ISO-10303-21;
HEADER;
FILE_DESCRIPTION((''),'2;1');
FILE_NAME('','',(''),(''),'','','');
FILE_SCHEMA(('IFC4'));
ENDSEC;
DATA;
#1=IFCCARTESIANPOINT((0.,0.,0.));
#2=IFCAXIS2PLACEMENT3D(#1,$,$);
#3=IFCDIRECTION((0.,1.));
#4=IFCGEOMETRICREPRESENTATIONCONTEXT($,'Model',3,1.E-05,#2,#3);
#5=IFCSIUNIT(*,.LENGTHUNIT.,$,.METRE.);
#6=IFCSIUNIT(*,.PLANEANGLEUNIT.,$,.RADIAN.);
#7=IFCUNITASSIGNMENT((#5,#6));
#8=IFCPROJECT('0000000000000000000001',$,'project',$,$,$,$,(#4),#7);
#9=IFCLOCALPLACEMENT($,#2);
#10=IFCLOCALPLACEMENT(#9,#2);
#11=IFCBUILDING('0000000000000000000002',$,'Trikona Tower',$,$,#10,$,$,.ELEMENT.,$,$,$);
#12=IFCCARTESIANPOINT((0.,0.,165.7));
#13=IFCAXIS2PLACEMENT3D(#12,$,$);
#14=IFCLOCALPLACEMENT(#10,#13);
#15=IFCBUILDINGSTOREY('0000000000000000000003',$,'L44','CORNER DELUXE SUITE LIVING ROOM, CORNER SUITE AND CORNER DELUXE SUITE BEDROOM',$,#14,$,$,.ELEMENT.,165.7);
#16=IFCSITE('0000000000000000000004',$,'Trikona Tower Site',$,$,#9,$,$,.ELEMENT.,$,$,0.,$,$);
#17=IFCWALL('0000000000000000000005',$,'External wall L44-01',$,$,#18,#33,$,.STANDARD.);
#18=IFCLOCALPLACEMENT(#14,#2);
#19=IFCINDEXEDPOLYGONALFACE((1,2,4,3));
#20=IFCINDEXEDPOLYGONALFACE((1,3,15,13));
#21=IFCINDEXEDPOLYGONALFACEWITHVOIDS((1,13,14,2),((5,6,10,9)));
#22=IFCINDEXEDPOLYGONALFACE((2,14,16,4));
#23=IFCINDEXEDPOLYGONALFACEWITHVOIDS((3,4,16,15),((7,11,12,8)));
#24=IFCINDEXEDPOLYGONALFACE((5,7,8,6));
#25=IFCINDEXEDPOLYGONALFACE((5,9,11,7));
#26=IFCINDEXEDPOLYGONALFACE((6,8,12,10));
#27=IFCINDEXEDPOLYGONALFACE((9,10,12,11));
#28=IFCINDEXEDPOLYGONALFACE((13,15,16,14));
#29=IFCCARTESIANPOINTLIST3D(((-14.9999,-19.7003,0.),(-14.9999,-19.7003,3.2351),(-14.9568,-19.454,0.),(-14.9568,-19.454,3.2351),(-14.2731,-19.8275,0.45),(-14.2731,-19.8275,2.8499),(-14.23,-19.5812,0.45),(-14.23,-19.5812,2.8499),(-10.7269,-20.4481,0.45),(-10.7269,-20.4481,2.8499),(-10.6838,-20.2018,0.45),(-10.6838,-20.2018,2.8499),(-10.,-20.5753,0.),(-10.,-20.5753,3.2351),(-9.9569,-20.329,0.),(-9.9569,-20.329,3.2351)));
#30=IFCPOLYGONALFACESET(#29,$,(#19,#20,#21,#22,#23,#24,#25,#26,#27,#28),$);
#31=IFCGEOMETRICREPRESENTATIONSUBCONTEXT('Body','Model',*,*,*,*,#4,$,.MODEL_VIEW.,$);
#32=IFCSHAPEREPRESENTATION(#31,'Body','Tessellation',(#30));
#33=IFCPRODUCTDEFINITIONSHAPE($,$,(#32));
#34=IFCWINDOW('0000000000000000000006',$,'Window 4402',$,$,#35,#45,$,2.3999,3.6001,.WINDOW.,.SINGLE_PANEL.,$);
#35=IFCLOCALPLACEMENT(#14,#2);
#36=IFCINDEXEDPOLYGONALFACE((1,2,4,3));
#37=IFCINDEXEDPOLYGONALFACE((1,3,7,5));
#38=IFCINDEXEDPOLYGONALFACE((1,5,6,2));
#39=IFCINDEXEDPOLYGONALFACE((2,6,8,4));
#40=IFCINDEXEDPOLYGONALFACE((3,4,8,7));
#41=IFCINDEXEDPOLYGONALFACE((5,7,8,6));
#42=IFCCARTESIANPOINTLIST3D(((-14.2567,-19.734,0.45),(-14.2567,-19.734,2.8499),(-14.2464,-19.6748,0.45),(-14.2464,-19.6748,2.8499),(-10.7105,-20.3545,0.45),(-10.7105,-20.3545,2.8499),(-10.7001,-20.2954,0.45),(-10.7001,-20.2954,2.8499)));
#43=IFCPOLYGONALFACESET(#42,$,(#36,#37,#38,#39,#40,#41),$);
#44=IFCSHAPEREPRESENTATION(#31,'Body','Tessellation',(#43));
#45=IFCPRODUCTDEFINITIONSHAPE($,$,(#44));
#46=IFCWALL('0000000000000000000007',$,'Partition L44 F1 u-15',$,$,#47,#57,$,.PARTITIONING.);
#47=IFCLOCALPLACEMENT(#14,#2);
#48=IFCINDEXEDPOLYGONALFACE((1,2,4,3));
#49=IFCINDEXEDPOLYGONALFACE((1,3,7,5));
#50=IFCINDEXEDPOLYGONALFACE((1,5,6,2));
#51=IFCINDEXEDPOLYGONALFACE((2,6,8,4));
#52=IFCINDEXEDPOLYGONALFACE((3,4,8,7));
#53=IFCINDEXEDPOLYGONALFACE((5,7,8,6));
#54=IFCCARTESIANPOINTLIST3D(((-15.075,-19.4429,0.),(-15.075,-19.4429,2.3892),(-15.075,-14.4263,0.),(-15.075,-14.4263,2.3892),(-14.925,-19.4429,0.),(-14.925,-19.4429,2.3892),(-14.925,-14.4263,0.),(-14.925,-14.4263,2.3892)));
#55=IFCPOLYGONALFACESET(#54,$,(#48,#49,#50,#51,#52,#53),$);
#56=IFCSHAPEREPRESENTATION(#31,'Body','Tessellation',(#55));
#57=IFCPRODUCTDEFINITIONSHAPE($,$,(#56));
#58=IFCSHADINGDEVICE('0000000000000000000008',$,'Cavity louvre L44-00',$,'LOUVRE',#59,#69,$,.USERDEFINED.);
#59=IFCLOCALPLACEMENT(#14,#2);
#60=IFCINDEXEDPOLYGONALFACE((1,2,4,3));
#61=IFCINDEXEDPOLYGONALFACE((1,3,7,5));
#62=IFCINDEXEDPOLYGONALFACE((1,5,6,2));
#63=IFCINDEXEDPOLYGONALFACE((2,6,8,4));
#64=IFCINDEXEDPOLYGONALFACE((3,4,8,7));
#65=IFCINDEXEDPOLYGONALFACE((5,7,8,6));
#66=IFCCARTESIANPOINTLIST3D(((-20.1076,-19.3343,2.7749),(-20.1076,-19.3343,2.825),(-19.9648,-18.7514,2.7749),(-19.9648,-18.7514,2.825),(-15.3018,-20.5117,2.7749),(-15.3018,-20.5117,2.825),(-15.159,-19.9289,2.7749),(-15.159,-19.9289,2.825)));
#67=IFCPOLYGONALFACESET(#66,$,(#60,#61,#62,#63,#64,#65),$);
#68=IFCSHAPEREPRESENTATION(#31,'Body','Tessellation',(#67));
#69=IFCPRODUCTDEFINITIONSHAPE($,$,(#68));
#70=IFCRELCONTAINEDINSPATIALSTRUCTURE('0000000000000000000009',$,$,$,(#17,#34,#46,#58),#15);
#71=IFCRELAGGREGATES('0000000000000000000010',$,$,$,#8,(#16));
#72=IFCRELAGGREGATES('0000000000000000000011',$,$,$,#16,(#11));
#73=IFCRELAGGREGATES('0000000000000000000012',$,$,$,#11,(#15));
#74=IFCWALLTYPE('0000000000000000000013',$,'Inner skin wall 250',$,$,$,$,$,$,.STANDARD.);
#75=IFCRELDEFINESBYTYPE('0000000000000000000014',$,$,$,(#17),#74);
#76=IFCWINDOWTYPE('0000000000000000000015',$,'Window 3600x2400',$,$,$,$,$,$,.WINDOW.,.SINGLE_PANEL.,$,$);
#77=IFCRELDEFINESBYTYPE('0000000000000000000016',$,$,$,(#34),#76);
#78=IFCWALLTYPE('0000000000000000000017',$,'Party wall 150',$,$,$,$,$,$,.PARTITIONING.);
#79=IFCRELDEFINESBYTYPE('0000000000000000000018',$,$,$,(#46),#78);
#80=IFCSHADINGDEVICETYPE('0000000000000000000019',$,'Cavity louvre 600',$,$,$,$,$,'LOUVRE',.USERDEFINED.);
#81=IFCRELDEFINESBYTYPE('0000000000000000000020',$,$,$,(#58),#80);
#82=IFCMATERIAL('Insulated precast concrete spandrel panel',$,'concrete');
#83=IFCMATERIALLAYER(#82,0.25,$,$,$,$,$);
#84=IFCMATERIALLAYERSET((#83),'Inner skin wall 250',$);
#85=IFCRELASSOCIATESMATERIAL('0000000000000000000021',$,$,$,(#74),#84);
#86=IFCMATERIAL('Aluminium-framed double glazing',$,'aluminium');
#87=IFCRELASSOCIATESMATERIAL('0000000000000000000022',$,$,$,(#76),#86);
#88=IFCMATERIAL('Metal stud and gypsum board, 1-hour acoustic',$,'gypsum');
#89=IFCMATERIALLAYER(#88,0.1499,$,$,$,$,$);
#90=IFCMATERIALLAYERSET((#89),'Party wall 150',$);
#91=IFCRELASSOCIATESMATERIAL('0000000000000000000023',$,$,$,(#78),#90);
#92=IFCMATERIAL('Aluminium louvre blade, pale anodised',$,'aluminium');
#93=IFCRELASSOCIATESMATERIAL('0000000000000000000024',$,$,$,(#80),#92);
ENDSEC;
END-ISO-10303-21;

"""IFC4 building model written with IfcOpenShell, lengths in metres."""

from ifc_helpers import new_model, si_unit, direction, frame, frame_2d, origin, origin_2d, place, context, subcontext, project, spatial, rectangle, extrude, material, layer, layer_set, type_object, element, fill, save


model = new_model("IFC4")

# Units and contexts
model_context = context("Model", 3, precision=1e-05, world=origin(), true_north=direction((0.0, 1.0)))
body_context = subcontext(model_context, "Body", "Model", "MODEL_VIEW")
ifc_project = project(units=[si_unit("LENGTHUNIT", "METRE"), si_unit("PLANEANGLEUNIT", "RADIAN")], contexts=[model_context])

# Site, building, storey
site_placement = place(None, origin())
site = spatial("IfcSite", under=ifc_project, at=site_placement, Name="Trikona Tower Site", CompositionType="ELEMENT", RefElevation=0.0)
building_placement = place(site_placement, origin())
building = spatial("IfcBuilding", under=site, at=building_placement, Name="Trikona Tower", CompositionType="ELEMENT")
storey_placement = place(building_placement, frame((0.0, 0.0, 165.7)))
storey = spatial("IfcBuildingStorey", under=building, at=storey_placement, Name="L44", Description="CORNER DELUXE SUITE LIVING ROOM, CORNER SUITE AND CORNER DELUXE SUITE BEDROOM", CompositionType="ELEMENT", Elevation=165.7)

# Wall, opening, window
ifc_material_1 = material(Name="Insulated precast concrete spandrel panel", Category="concrete")
ifc_layer_1 = layer(ifc_material_1, 0.25)
ifc_layer_set_1 = layer_set([ifc_layer_1], Name="Inner skin wall 250")
wall_type_1 = type_object("IfcWallType", Name="Inner skin wall 250", PredefinedType="STANDARD", material=ifc_layer_set_1)
wall_1_placement = place(storey_placement, frame((-14.9785, -19.5771, 0.0), z_axis=(0.0, 0.0, 1.0), x_axis=(0.98503, -0.17238, 0.0)))
wall_1 = element("IfcWall", 1, at=wall_1_placement, inside=storey, type_object=wall_type_1, Name="External wall L44-01", PredefinedType="STANDARD", context=body_context, shape_type="SweptSolid", body=[
    extrude(rectangle(XDim=5.0759, YDim=0.25, at=frame_2d((2.5381, 0.0))), origin(), (0.0, 0.0, 1.0), 3.2351),
])
opening_1_placement = place(wall_1_placement, frame((0.738, 0.0, 0.45)))
opening_1 = element("IfcOpeningElement", 2, at=opening_1_placement, cuts=wall_1, PredefinedType="OPENING", context=body_context, shape_type="SweptSolid", body=[
    extrude(rectangle(XDim=3.6001, YDim=2.3999, at=frame_2d((1.8, 1.2))), frame((0.0, 0.135, 0.0), z_axis=(0.0, -1.0, 0.0), x_axis=(1.0, 0.0, 0.0)), (0.0, 0.0, 1.0), 0.27),
])
ifc_material_2 = material(Name="Aluminium-framed double glazing", Category="aluminium")
window_type = type_object("IfcWindowType", Name="Window 3600x2400", PartitioningType="SINGLE_PANEL", PredefinedType="WINDOW", material=ifc_material_2)
window_placement = place(opening_1_placement, origin())
window = element("IfcWindow", 3, at=window_placement, inside=storey, type_object=window_type, Name="Window 4402", OverallHeight=2.3999, OverallWidth=3.6001, PartitioningType="SINGLE_PANEL", PredefinedType="WINDOW", context=body_context, shape_type="SweptSolid", body=[
    extrude(rectangle(XDim=3.6001, YDim=2.3999, at=frame_2d((1.8, 1.2))), frame((0.0, 0.03, 0.0), z_axis=(0.0, -1.0, 0.0), x_axis=(1.0, 0.0, 0.0)), (0.0, 0.0, 1.0), 0.0601),
])
fill(opening_1, window)

# Wall
ifc_material_3 = material(Name="Metal stud and gypsum board, 1-hour acoustic", Category="gypsum")
ifc_layer_2 = layer(ifc_material_3, 0.1499)
ifc_layer_set_2 = layer_set([ifc_layer_2], Name="Party wall 150")
wall_type_2 = type_object("IfcWallType", Name="Party wall 150", PredefinedType="PARTITIONING", material=ifc_layer_set_2)
wall_2_placement = place(storey_placement, frame((-15.0, -14.4263, 0.0), z_axis=(0.0, 0.0, 1.0), x_axis=(0.0, -1.0, 0.0)))
element("IfcWall", 4, at=wall_2_placement, inside=storey, type_object=wall_type_2, Name="Partition L44 F1 u-15", PredefinedType="PARTITIONING", context=body_context, shape_type="SweptSolid", body=[
    extrude(rectangle(XDim=5.0166, YDim=0.1499, at=frame_2d((2.5083, 0.0))), origin(), (0.0, 0.0, 1.0), 2.3892),
])

# Shading device
ifc_material_4 = material(Name="Aluminium louvre blade, pale anodised", Category="aluminium")
shading_device_type = type_object("IfcShadingDeviceType", Name="Cavity louvre 600", ElementType="LOUVRE", PredefinedType="USERDEFINED", material=ifc_material_4)
shading_device_placement = place(storey_placement, frame((-17.6333, -19.6316, 2.7749), z_axis=(0.0, 0.0, 1.0), x_axis=(0.971274, -0.237962, 0.0)))
element("IfcShadingDevice", 5, at=shading_device_placement, inside=storey, type_object=shading_device_type, Name="Cavity louvre L44-00", ObjectType="LOUVRE", PredefinedType="USERDEFINED", context=body_context, shape_type="SweptSolid", body=[
    extrude(rectangle(XDim=4.948, YDim=0.6001, at=origin_2d()), origin(), (0.0, 0.0, 1.0), 0.05),
])

save(model, "model.ifc")
